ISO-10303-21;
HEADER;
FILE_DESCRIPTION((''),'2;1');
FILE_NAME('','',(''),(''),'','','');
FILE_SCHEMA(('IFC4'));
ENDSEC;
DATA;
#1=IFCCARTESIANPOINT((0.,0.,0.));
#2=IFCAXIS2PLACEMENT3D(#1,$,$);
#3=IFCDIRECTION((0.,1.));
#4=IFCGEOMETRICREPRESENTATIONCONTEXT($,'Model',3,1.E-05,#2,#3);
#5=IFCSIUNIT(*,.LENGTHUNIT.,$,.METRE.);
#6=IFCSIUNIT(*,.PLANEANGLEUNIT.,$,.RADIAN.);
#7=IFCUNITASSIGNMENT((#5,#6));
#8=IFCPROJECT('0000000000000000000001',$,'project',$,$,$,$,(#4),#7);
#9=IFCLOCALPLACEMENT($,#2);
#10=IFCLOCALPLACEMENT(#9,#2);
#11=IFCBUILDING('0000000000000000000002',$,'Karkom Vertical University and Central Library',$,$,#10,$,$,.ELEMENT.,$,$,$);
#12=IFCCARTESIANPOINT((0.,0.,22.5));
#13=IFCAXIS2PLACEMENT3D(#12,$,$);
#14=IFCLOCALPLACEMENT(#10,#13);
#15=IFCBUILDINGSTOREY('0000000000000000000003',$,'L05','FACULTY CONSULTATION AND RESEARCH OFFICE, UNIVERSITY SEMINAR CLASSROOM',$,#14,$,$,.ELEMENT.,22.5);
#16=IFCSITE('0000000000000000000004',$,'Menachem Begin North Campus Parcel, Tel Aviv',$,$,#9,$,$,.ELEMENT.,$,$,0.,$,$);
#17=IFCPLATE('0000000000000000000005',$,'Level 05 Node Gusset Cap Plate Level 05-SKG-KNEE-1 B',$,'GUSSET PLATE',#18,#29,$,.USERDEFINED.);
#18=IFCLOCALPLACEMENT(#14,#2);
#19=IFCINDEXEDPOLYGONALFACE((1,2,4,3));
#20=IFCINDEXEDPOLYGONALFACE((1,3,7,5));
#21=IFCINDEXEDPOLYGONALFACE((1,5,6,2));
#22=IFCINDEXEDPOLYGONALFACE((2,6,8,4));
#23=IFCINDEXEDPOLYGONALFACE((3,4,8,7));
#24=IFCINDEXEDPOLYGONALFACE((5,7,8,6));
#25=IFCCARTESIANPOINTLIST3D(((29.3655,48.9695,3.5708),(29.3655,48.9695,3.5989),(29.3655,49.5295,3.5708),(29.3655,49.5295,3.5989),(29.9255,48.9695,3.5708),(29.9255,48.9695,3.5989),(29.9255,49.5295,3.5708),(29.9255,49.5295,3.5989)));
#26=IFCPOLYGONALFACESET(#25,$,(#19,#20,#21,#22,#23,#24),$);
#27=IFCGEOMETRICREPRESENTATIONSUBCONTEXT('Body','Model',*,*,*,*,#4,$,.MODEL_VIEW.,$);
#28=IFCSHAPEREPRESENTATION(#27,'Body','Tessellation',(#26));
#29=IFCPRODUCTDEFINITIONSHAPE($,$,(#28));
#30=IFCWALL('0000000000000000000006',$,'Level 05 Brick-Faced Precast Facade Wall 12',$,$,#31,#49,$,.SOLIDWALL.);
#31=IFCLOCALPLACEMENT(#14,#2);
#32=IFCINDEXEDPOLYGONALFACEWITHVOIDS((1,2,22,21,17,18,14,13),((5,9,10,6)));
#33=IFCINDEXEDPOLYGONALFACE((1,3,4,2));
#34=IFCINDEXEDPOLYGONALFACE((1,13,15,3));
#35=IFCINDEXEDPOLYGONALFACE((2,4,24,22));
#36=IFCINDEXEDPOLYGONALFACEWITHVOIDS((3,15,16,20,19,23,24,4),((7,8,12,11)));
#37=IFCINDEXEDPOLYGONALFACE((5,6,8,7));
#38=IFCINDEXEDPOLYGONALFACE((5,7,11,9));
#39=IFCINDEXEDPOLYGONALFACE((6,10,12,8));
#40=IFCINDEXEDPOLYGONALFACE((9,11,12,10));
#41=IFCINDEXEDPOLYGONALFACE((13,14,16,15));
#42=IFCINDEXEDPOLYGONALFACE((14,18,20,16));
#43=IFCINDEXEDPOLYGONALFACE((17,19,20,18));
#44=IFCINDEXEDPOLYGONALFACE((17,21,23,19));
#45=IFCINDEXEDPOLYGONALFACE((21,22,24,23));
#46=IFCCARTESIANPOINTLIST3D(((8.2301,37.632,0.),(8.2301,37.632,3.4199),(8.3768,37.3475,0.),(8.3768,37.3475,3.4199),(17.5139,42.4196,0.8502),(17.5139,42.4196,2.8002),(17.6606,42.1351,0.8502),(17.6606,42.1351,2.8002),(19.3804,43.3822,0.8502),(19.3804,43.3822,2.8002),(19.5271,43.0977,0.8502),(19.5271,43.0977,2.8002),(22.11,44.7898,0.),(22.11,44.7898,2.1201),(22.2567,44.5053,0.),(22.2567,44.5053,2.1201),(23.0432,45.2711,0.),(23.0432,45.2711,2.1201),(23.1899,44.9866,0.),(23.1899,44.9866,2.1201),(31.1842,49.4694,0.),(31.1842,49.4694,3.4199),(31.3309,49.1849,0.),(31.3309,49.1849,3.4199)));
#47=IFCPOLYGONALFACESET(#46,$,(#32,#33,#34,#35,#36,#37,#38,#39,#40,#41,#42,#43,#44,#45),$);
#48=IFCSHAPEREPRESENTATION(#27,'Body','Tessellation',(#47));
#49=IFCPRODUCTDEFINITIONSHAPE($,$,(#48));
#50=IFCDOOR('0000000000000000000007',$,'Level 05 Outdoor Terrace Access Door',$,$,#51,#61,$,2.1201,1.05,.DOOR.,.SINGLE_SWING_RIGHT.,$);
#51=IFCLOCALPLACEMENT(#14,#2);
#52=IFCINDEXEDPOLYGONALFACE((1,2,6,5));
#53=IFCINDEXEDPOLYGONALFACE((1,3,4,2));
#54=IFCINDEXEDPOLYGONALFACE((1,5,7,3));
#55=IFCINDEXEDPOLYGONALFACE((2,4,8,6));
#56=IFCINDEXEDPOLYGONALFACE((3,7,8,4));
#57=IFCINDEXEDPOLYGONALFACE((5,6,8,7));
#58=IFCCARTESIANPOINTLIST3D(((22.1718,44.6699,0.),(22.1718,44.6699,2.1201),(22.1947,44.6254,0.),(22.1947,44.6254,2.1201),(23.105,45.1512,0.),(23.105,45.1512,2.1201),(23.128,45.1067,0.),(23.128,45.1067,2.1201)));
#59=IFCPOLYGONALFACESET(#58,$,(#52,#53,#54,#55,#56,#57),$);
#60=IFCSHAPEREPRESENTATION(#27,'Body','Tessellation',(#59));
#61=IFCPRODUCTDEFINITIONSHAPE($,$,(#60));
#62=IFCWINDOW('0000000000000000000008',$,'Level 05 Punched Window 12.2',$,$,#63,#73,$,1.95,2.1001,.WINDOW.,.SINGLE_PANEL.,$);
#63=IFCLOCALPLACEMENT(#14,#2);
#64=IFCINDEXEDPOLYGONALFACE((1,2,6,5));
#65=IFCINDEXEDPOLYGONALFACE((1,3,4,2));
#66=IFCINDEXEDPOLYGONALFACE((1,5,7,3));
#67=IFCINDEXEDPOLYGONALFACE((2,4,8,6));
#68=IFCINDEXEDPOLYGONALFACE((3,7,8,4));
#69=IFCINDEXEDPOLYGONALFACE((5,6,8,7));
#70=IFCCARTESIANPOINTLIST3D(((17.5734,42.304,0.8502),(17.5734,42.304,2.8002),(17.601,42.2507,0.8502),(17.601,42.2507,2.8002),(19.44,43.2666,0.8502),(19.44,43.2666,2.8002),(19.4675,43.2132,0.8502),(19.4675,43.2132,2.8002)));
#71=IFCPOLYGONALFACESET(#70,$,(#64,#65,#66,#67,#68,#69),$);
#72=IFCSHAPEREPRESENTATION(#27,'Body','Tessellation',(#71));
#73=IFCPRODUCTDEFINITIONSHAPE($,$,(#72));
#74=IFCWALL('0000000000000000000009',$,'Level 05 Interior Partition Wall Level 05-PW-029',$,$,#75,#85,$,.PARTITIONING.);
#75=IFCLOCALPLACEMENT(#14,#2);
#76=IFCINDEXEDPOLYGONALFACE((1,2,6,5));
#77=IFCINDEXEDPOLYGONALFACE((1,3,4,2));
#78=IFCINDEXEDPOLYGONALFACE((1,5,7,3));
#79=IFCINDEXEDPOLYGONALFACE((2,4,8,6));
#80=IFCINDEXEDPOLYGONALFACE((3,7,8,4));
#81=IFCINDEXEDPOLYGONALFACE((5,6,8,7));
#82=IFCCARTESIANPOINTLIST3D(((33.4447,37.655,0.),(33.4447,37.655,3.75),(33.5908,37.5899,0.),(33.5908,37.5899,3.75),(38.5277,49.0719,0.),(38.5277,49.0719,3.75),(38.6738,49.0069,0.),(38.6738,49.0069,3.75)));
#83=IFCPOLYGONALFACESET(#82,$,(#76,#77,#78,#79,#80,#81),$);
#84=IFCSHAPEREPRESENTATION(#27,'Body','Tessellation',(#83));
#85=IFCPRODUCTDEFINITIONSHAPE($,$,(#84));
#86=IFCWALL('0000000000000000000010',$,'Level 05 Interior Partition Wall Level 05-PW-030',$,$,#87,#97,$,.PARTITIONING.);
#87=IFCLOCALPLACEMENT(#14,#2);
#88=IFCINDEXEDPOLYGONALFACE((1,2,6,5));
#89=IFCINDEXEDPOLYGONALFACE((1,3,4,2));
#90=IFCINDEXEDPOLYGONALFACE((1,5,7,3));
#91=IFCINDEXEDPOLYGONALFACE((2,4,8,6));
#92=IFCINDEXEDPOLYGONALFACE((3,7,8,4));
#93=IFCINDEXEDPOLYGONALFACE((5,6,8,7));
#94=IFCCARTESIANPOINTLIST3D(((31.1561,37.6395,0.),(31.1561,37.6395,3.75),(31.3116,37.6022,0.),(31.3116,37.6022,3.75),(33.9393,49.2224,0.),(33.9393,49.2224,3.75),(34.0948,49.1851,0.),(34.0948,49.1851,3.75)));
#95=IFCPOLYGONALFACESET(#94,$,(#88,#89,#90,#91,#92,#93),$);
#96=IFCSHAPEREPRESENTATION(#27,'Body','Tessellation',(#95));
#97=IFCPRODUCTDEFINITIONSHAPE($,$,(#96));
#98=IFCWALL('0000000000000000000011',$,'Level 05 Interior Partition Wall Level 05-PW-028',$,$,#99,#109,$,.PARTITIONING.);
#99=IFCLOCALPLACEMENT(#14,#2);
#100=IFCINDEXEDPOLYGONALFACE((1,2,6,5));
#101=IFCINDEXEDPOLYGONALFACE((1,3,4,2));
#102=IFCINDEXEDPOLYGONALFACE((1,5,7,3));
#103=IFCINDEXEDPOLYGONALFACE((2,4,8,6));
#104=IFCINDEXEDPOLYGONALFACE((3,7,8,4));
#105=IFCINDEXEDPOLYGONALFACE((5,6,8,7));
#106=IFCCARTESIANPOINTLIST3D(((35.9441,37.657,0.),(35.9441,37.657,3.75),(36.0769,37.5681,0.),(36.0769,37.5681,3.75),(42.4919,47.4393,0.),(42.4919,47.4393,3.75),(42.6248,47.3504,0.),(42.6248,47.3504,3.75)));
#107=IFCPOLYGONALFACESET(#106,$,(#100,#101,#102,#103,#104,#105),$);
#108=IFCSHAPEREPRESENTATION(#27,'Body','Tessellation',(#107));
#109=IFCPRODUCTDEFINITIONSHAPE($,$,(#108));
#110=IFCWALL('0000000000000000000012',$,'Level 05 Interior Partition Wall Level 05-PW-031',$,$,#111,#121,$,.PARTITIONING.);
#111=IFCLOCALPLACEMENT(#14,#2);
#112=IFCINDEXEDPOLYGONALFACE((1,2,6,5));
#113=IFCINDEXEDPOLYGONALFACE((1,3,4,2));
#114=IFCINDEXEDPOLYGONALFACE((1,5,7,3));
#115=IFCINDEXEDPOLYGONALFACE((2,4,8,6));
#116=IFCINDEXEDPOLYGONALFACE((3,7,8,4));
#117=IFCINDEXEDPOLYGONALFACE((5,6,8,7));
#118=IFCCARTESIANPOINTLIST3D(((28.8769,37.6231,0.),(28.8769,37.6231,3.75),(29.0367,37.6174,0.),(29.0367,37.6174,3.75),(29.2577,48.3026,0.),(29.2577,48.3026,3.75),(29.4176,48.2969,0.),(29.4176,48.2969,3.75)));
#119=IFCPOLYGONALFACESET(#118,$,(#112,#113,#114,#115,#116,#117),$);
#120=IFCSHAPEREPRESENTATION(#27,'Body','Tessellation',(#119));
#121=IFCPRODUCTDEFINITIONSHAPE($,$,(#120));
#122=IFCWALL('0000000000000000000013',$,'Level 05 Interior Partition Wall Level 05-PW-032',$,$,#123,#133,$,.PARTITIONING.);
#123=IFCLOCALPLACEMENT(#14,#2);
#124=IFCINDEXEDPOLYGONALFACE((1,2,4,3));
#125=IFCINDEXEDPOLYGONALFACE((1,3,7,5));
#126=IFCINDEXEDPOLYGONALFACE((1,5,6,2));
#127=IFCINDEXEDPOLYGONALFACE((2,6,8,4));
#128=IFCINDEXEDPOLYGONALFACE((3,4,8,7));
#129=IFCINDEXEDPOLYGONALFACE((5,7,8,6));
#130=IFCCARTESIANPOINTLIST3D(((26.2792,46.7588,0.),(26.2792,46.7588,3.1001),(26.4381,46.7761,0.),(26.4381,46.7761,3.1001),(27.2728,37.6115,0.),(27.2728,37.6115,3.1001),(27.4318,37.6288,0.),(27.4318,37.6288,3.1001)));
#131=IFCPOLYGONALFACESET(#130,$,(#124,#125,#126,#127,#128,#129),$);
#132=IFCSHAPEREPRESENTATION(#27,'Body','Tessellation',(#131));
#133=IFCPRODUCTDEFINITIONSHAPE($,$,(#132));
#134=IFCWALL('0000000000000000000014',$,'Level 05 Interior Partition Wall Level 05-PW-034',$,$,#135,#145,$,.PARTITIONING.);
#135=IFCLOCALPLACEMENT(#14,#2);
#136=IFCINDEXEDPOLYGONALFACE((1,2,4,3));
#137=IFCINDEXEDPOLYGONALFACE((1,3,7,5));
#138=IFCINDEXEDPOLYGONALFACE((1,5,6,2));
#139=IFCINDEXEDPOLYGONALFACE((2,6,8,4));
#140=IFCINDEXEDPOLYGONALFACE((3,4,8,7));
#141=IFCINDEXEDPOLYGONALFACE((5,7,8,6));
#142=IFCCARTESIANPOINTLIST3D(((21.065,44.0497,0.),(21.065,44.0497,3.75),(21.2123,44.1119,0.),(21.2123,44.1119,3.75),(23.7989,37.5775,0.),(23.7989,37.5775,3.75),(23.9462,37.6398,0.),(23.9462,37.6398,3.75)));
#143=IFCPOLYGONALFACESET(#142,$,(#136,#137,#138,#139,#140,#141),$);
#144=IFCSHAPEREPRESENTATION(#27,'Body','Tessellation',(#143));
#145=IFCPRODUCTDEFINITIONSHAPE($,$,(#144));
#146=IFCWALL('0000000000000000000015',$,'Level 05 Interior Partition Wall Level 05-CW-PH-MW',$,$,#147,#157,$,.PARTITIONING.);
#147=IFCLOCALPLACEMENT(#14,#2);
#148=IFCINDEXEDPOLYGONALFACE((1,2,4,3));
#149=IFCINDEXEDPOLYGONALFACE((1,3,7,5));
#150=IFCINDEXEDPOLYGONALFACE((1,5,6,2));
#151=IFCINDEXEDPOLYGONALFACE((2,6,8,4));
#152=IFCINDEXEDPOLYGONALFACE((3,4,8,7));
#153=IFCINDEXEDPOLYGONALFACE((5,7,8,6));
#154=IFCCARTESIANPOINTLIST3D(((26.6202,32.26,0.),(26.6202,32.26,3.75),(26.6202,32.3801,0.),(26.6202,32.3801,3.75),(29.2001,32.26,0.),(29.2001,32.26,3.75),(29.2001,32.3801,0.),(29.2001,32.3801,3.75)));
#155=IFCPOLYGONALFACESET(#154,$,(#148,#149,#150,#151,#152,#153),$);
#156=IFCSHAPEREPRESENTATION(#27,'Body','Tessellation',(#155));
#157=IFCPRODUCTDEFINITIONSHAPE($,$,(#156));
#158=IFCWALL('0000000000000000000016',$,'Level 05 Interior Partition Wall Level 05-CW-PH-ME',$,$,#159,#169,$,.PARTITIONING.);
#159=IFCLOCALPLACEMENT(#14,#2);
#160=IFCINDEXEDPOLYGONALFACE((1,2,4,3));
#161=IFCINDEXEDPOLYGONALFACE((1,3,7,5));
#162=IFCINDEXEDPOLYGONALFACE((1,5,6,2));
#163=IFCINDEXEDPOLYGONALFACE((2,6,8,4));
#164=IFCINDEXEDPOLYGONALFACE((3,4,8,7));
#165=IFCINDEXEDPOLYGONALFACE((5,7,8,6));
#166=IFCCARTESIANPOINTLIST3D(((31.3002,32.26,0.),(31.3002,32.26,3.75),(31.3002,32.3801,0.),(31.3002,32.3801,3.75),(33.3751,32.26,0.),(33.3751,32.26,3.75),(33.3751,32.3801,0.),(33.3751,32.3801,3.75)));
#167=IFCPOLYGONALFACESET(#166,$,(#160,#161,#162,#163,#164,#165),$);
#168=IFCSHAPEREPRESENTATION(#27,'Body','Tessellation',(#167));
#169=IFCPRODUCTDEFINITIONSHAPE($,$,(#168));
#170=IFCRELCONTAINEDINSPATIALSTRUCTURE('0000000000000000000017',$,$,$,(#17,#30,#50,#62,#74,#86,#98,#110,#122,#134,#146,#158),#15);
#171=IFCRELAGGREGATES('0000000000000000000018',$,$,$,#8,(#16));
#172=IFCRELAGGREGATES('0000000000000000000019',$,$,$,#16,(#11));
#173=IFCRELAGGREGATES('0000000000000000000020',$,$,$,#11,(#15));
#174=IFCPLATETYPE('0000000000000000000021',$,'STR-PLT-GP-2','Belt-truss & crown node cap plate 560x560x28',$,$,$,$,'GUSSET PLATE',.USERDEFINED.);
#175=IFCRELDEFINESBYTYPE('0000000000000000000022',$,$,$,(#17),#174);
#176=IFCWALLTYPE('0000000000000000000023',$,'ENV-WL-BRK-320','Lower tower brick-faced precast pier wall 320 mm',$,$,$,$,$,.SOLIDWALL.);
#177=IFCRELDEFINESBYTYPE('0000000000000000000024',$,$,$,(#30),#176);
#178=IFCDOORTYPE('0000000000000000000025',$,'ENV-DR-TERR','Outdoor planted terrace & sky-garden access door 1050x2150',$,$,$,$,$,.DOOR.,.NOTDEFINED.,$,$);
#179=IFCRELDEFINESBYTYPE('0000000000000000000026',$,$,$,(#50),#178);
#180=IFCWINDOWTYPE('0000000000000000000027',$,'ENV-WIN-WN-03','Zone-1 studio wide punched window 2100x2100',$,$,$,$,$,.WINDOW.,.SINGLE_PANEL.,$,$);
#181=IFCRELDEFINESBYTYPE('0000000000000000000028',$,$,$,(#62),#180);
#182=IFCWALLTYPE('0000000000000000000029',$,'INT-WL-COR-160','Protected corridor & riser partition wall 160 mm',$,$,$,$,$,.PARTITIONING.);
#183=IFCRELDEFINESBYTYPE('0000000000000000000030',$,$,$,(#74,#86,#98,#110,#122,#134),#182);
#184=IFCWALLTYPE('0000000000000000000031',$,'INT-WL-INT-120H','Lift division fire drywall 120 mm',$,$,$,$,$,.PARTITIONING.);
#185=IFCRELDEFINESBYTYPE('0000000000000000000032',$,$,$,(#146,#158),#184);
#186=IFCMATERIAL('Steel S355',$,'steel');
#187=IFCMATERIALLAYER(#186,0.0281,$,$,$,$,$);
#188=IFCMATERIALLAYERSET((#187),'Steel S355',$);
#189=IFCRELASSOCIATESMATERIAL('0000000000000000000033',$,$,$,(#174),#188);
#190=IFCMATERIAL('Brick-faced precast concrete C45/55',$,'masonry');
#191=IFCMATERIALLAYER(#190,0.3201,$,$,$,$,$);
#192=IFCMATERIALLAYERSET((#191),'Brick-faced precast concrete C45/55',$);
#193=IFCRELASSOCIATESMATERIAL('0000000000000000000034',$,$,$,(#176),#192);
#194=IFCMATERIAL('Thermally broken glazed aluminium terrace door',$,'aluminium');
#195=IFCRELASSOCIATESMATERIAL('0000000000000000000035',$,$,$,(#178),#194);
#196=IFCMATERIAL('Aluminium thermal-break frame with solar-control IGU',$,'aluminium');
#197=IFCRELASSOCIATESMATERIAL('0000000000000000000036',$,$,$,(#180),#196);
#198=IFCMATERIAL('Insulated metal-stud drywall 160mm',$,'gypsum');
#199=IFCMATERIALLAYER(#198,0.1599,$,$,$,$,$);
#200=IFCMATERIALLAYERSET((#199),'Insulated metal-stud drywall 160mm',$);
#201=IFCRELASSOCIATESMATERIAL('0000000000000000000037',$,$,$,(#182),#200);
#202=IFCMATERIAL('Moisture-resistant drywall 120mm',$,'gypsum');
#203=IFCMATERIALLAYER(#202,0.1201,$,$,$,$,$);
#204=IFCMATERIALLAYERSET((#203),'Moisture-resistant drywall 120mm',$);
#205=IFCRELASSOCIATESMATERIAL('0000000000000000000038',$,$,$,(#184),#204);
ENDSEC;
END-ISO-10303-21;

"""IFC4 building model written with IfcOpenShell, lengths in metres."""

from ifc_helpers import new_model, si_unit, direction, frame, frame_2d, origin, origin_with_axes, origin_2d, place, context, subcontext, project, spatial, rectangle, extrude, source, transform, mapped, material, layer, layer_set, type_object, element, fill, save


model = new_model("IFC4")

# Units and contexts
model_context = context("Model", 3, precision=1e-05, world=origin(), true_north=direction((0.0, 1.0)))
body_context = subcontext(model_context, "Body", "Model", "MODEL_VIEW")
ifc_project = project(units=[si_unit("LENGTHUNIT", "METRE"), si_unit("PLANEANGLEUNIT", "RADIAN")], contexts=[model_context])

# Site, building, storey
site_placement = place(None, origin())
site = spatial("IfcSite", under=ifc_project, at=site_placement, Name="Menachem Begin North Campus Parcel, Tel Aviv", CompositionType="ELEMENT", RefElevation=0.0)
building_placement = place(site_placement, origin())
building = spatial("IfcBuilding", under=site, at=building_placement, Name="Karkom Vertical University and Central Library", CompositionType="ELEMENT")
storey_placement = place(building_placement, frame((0.0, 0.0, 22.5)))
storey = spatial("IfcBuildingStorey", under=building, at=storey_placement, Name="L05", Description="FACULTY CONSULTATION AND RESEARCH OFFICE, UNIVERSITY SEMINAR CLASSROOM", CompositionType="ELEMENT", Elevation=22.5)

# Shared definitions
ifc_material_1 = material(Name="Steel S355", Category="steel")

# Plate
ifc_layer_1 = layer(ifc_material_1, 0.0281)
ifc_layer_set_1 = layer_set([ifc_layer_1], Name="Steel S355")
plate_type = type_object("IfcPlateType", Name="STR-PLT-GP-2", Description="Belt-truss & crown node cap plate 560x560x28", ElementType="GUSSET PLATE", PredefinedType="USERDEFINED", material=ifc_layer_set_1)
shared_shape_1 = source(origin_with_axes(), body_context, "Body", "SweptSolid", [
    extrude(rectangle(XDim=0.5601, YDim=0.5601, at=origin_2d()), origin(), (0.0, 0.0, 1.0), 0.0281),
])
plate_placement = place(storey_placement, frame((29.6455, 49.2495, 3.5708), z_axis=(0.0, 0.0, 1.0), x_axis=(1.0, 0.0, 0.0)))
element("IfcPlate", 1, at=plate_placement, inside=storey, type_object=plate_type, Name="Level 05 Node Gusset Cap Plate Level 05-SKG-KNEE-1 B", ObjectType="GUSSET PLATE", PredefinedType="USERDEFINED", context=body_context, shape_type="MappedRepresentation", body=[
    mapped(shared_shape_1, transform((0.0, 0.0, 0.0), scale=1.0)),
])

# Wall, openings, door, window
ifc_material_2 = material(Name="Brick-faced precast concrete C45/55", Category="masonry")
ifc_layer_2 = layer(ifc_material_2, 0.3201)
ifc_layer_set_2 = layer_set([ifc_layer_2], Name="Brick-faced precast concrete C45/55")
wall_type_1 = type_object("IfcWallType", Name="ENV-WL-BRK-320", Description="Lower tower brick-faced precast pier wall 320 mm", PredefinedType="SOLIDWALL", material=ifc_layer_set_2)
wall_1_placement = place(storey_placement, frame((31.2576, 49.3271, 0.0), z_axis=(0.0, 0.0, 1.0), x_axis=(-0.888776, -0.458341, 0.0)))
wall_1 = element("IfcWall", 2, at=wall_1_placement, inside=storey, type_object=wall_type_1, Name="Level 05 Brick-Faced Precast Facade Wall 12", PredefinedType="SOLIDWALL", context=body_context, shape_type="SweptSolid", body=[
    extrude(rectangle(XDim=25.8267, YDim=0.3201, at=frame_2d((12.9133, 0.0))), origin(), (0.0, 0.0, 1.0), 3.4199),
])
opening_1_placement = place(wall_1_placement, frame((13.281, 0.0, 0.8501)))
opening_1 = element("IfcOpeningElement", 3, at=opening_1_placement, cuts=wall_1, PredefinedType="OPENING", context=body_context, shape_type="SweptSolid", body=[
    extrude(rectangle(XDim=2.1001, YDim=1.95, at=frame_2d((1.05, 0.9751))), frame((0.0, 0.1699, 0.0), z_axis=(0.0, -1.0, 0.0), x_axis=(1.0, 0.0, 0.0)), (0.0, 0.0, 1.0), 0.3401),
])
opening_2_placement = place(wall_1_placement, frame((9.1599, 0.0, 0.0)))
opening_2 = element("IfcOpeningElement", 4, at=opening_2_placement, cuts=wall_1, PredefinedType="OPENING", context=body_context, shape_type="SweptSolid", body=[
    extrude(rectangle(XDim=1.05, YDim=2.1201, at=frame_2d((0.5249, 1.0601))), frame((0.0, 0.1699, 0.0), z_axis=(0.0, -1.0, 0.0), x_axis=(1.0, 0.0, 0.0)), (0.0, 0.0, 1.0), 0.3401),
])
ifc_material_3 = material(Name="Thermally broken glazed aluminium terrace door", Category="aluminium")
door_type_1 = type_object("IfcDoorType", Name="ENV-DR-TERR", Description="Outdoor planted terrace & sky-garden access door 1050x2150", OperationType="NOTDEFINED", PredefinedType="DOOR", material=ifc_material_3)
shared_shape_2 = source(origin_with_axes(), body_context, "Body", "SweptSolid", [
    extrude(rectangle(XDim=1.05, YDim=2.1201, at=frame_2d((0.5249, 1.0601))), frame((0.0, 0.0249, 0.0), z_axis=(0.0, -1.0, 0.0), x_axis=(1.0, 0.0, 0.0)), (0.0, 0.0, 1.0), 0.05),
])
door_1_placement = place(opening_2_placement, origin())
door_1 = element("IfcDoor", 5, at=door_1_placement, inside=storey, type_object=door_type_1, Name="Level 05 Outdoor Terrace Access Door", OperationType="SINGLE_SWING_RIGHT", OverallHeight=2.1201, OverallWidth=1.05, PredefinedType="DOOR", context=body_context, shape_type="MappedRepresentation", body=[
    mapped(shared_shape_2, transform((0.0, 0.0, 0.0), scale=1.0)),
])
fill(opening_2, door_1)
ifc_material_4 = material(Name="Aluminium thermal-break frame with solar-control IGU", Category="aluminium")
window_type = type_object("IfcWindowType", Name="ENV-WIN-WN-03", Description="Zone-1 studio wide punched window 2100x2100", PartitioningType="SINGLE_PANEL", PredefinedType="WINDOW", material=ifc_material_4)
shared_shape_3 = source(origin_with_axes(), body_context, "Body", "SweptSolid", [
    extrude(rectangle(XDim=2.1001, YDim=1.95, at=frame_2d((1.05, 0.9751))), frame((0.0, 0.03, 0.0), z_axis=(0.0, -1.0, 0.0), x_axis=(1.0, 0.0, 0.0)), (0.0, 0.0, 1.0), 0.0601),
])
window_placement = place(opening_1_placement, origin())
window = element("IfcWindow", 6, at=window_placement, inside=storey, type_object=window_type, Name="Level 05 Punched Window 12.2", OverallHeight=1.95, OverallWidth=2.1001, PartitioningType="SINGLE_PANEL", PredefinedType="WINDOW", context=body_context, shape_type="MappedRepresentation", body=[
    mapped(shared_shape_3, transform((0.0, 0.0, 0.0), scale=1.0)),
])
fill(opening_1, window)

# Walls
ifc_material_5 = material(Name="Insulated metal-stud drywall 160mm", Category="gypsum")
ifc_layer_3 = layer(ifc_material_5, 0.1599)
ifc_layer_set_3 = layer_set([ifc_layer_3], Name="Insulated metal-stud drywall 160mm")
wall_type_2 = type_object("IfcWallType", Name="INT-WL-COR-160", Description="Protected corridor & riser partition wall 160 mm", PredefinedType="PARTITIONING", material=ifc_layer_set_3)
wall_2_placement = place(storey_placement, frame((33.5178, 37.6226, 0.0), z_axis=(0.0, 0.0, 1.0), x_axis=(0.406726, 0.91355, 0.0)))
element("IfcWall", 7, at=wall_2_placement, inside=storey, type_object=wall_type_2, Name="Level 05 Interior Partition Wall Level 05-PW-029", PredefinedType="PARTITIONING", context=body_context, shape_type="SweptSolid", body=[
    extrude(rectangle(XDim=12.4973, YDim=0.1599, at=frame_2d((6.2485, 0.0))), origin(), (0.0, 0.0, 1.0), 3.75),
])
wall_3_placement = place(storey_placement, frame((31.2339, 37.6208, 0.0), z_axis=(0.0, 0.0, 1.0), x_axis=(0.233633, 0.972325, 0.0)))
element("IfcWall", 8, at=wall_3_placement, inside=storey, type_object=wall_type_2, Name="Level 05 Interior Partition Wall Level 05-PW-030", PredefinedType="PARTITIONING", context=body_context, shape_type="SweptSolid", body=[
    extrude(rectangle(XDim=11.9126, YDim=0.1599, at=frame_2d((5.9563, 0.0))), origin(), (0.0, 0.0, 1.0), 3.75),
])
wall_4_placement = place(storey_placement, frame((36.0105, 37.6125, 0.0), z_axis=(0.0, 0.0, 1.0), x_axis=(0.55625, 0.831015, 0.0)))
element("IfcWall", 9, at=wall_4_placement, inside=storey, type_object=wall_type_2, Name="Level 05 Interior Partition Wall Level 05-PW-028", PredefinedType="PARTITIONING", context=body_context, shape_type="SweptSolid", body=[
    extrude(rectangle(XDim=11.7715, YDim=0.1599, at=frame_2d((5.8857, 0.0))), origin(), (0.0, 0.0, 1.0), 3.75),
])
wall_5_placement = place(storey_placement, frame((28.9568, 37.6201, 0.0), z_axis=(0.0, 0.0, 1.0), x_axis=(0.03564, 0.999365, 0.0)))
element("IfcWall", 10, at=wall_5_placement, inside=storey, type_object=wall_type_2, Name="Level 05 Interior Partition Wall Level 05-PW-031", PredefinedType="PARTITIONING", context=body_context, shape_type="SweptSolid", body=[
    extrude(rectangle(XDim=10.6863, YDim=0.1599, at=frame_2d((5.3433, 0.0))), origin(), (0.0, 0.0, 1.0), 3.75),
])
wall_6_placement = place(storey_placement, frame((27.3523, 37.6201, 0.0), z_axis=(0.0, 0.0, 1.0), x_axis=(-0.107991, 0.994152, 0.0)))
element("IfcWall", 11, at=wall_6_placement, inside=storey, type_object=wall_type_2, Name="Level 05 Interior Partition Wall Level 05-PW-032", PredefinedType="PARTITIONING", context=body_context, shape_type="SweptSolid", body=[
    extrude(rectangle(XDim=9.2012, YDim=0.1599, at=frame_2d((4.6006, 0.0))), origin(), (0.0, 0.0, 1.0), 3.1001),
])
wall_7_placement = place(storey_placement, frame((23.8726, 37.6086, 0.0), z_axis=(0.0, 0.0, 1.0), x_axis=(-0.389116, 0.921189, 0.0)))
element("IfcWall", 12, at=wall_7_placement, inside=storey, type_object=wall_type_2, Name="Level 05 Interior Partition Wall Level 05-PW-034", PredefinedType="PARTITIONING", context=body_context, shape_type="SweptSolid", body=[
    extrude(rectangle(XDim=7.0259, YDim=0.1599, at=frame_2d((3.5129, 0.0))), origin(), (0.0, 0.0, 1.0), 3.75),
])
ifc_material_6 = material(Name="Moisture-resistant drywall 120mm", Category="gypsum")
ifc_layer_4 = layer(ifc_material_6, 0.1201)
ifc_layer_set_4 = layer_set([ifc_layer_4], Name="Moisture-resistant drywall 120mm")
wall_type_3 = type_object("IfcWallType", Name="INT-WL-INT-120H", Description="Lift division fire drywall 120 mm", PredefinedType="PARTITIONING", material=ifc_layer_set_4)
wall_8_placement = place(storey_placement, frame((26.6201, 32.3201, 0.0), z_axis=(0.0, 0.0, 1.0), x_axis=(1.0, 0.0, 0.0)))
element("IfcWall", 13, at=wall_8_placement, inside=storey, type_object=wall_type_3, Name="Level 05 Interior Partition Wall Level 05-CW-PH-MW", PredefinedType="PARTITIONING", context=body_context, shape_type="SweptSolid", body=[
    extrude(rectangle(XDim=2.5798, YDim=0.1201, at=frame_2d((1.29, 0.0))), origin(), (0.0, 0.0, 1.0), 3.75),
])
wall_9_placement = place(storey_placement, frame((31.3, 32.3201, 0.0), z_axis=(0.0, 0.0, 1.0), x_axis=(1.0, 0.0, 0.0)))
element("IfcWall", 14, at=wall_9_placement, inside=storey, type_object=wall_type_3, Name="Level 05 Interior Partition Wall Level 05-CW-PH-ME", PredefinedType="PARTITIONING", context=body_context, shape_type="SweptSolid", body=[
    extrude(rectangle(XDim=2.075, YDim=0.1201, at=frame_2d((1.0376, 0.0))), origin(), (0.0, 0.0, 1.0), 3.75),
])

save(model, "model.ifc")
